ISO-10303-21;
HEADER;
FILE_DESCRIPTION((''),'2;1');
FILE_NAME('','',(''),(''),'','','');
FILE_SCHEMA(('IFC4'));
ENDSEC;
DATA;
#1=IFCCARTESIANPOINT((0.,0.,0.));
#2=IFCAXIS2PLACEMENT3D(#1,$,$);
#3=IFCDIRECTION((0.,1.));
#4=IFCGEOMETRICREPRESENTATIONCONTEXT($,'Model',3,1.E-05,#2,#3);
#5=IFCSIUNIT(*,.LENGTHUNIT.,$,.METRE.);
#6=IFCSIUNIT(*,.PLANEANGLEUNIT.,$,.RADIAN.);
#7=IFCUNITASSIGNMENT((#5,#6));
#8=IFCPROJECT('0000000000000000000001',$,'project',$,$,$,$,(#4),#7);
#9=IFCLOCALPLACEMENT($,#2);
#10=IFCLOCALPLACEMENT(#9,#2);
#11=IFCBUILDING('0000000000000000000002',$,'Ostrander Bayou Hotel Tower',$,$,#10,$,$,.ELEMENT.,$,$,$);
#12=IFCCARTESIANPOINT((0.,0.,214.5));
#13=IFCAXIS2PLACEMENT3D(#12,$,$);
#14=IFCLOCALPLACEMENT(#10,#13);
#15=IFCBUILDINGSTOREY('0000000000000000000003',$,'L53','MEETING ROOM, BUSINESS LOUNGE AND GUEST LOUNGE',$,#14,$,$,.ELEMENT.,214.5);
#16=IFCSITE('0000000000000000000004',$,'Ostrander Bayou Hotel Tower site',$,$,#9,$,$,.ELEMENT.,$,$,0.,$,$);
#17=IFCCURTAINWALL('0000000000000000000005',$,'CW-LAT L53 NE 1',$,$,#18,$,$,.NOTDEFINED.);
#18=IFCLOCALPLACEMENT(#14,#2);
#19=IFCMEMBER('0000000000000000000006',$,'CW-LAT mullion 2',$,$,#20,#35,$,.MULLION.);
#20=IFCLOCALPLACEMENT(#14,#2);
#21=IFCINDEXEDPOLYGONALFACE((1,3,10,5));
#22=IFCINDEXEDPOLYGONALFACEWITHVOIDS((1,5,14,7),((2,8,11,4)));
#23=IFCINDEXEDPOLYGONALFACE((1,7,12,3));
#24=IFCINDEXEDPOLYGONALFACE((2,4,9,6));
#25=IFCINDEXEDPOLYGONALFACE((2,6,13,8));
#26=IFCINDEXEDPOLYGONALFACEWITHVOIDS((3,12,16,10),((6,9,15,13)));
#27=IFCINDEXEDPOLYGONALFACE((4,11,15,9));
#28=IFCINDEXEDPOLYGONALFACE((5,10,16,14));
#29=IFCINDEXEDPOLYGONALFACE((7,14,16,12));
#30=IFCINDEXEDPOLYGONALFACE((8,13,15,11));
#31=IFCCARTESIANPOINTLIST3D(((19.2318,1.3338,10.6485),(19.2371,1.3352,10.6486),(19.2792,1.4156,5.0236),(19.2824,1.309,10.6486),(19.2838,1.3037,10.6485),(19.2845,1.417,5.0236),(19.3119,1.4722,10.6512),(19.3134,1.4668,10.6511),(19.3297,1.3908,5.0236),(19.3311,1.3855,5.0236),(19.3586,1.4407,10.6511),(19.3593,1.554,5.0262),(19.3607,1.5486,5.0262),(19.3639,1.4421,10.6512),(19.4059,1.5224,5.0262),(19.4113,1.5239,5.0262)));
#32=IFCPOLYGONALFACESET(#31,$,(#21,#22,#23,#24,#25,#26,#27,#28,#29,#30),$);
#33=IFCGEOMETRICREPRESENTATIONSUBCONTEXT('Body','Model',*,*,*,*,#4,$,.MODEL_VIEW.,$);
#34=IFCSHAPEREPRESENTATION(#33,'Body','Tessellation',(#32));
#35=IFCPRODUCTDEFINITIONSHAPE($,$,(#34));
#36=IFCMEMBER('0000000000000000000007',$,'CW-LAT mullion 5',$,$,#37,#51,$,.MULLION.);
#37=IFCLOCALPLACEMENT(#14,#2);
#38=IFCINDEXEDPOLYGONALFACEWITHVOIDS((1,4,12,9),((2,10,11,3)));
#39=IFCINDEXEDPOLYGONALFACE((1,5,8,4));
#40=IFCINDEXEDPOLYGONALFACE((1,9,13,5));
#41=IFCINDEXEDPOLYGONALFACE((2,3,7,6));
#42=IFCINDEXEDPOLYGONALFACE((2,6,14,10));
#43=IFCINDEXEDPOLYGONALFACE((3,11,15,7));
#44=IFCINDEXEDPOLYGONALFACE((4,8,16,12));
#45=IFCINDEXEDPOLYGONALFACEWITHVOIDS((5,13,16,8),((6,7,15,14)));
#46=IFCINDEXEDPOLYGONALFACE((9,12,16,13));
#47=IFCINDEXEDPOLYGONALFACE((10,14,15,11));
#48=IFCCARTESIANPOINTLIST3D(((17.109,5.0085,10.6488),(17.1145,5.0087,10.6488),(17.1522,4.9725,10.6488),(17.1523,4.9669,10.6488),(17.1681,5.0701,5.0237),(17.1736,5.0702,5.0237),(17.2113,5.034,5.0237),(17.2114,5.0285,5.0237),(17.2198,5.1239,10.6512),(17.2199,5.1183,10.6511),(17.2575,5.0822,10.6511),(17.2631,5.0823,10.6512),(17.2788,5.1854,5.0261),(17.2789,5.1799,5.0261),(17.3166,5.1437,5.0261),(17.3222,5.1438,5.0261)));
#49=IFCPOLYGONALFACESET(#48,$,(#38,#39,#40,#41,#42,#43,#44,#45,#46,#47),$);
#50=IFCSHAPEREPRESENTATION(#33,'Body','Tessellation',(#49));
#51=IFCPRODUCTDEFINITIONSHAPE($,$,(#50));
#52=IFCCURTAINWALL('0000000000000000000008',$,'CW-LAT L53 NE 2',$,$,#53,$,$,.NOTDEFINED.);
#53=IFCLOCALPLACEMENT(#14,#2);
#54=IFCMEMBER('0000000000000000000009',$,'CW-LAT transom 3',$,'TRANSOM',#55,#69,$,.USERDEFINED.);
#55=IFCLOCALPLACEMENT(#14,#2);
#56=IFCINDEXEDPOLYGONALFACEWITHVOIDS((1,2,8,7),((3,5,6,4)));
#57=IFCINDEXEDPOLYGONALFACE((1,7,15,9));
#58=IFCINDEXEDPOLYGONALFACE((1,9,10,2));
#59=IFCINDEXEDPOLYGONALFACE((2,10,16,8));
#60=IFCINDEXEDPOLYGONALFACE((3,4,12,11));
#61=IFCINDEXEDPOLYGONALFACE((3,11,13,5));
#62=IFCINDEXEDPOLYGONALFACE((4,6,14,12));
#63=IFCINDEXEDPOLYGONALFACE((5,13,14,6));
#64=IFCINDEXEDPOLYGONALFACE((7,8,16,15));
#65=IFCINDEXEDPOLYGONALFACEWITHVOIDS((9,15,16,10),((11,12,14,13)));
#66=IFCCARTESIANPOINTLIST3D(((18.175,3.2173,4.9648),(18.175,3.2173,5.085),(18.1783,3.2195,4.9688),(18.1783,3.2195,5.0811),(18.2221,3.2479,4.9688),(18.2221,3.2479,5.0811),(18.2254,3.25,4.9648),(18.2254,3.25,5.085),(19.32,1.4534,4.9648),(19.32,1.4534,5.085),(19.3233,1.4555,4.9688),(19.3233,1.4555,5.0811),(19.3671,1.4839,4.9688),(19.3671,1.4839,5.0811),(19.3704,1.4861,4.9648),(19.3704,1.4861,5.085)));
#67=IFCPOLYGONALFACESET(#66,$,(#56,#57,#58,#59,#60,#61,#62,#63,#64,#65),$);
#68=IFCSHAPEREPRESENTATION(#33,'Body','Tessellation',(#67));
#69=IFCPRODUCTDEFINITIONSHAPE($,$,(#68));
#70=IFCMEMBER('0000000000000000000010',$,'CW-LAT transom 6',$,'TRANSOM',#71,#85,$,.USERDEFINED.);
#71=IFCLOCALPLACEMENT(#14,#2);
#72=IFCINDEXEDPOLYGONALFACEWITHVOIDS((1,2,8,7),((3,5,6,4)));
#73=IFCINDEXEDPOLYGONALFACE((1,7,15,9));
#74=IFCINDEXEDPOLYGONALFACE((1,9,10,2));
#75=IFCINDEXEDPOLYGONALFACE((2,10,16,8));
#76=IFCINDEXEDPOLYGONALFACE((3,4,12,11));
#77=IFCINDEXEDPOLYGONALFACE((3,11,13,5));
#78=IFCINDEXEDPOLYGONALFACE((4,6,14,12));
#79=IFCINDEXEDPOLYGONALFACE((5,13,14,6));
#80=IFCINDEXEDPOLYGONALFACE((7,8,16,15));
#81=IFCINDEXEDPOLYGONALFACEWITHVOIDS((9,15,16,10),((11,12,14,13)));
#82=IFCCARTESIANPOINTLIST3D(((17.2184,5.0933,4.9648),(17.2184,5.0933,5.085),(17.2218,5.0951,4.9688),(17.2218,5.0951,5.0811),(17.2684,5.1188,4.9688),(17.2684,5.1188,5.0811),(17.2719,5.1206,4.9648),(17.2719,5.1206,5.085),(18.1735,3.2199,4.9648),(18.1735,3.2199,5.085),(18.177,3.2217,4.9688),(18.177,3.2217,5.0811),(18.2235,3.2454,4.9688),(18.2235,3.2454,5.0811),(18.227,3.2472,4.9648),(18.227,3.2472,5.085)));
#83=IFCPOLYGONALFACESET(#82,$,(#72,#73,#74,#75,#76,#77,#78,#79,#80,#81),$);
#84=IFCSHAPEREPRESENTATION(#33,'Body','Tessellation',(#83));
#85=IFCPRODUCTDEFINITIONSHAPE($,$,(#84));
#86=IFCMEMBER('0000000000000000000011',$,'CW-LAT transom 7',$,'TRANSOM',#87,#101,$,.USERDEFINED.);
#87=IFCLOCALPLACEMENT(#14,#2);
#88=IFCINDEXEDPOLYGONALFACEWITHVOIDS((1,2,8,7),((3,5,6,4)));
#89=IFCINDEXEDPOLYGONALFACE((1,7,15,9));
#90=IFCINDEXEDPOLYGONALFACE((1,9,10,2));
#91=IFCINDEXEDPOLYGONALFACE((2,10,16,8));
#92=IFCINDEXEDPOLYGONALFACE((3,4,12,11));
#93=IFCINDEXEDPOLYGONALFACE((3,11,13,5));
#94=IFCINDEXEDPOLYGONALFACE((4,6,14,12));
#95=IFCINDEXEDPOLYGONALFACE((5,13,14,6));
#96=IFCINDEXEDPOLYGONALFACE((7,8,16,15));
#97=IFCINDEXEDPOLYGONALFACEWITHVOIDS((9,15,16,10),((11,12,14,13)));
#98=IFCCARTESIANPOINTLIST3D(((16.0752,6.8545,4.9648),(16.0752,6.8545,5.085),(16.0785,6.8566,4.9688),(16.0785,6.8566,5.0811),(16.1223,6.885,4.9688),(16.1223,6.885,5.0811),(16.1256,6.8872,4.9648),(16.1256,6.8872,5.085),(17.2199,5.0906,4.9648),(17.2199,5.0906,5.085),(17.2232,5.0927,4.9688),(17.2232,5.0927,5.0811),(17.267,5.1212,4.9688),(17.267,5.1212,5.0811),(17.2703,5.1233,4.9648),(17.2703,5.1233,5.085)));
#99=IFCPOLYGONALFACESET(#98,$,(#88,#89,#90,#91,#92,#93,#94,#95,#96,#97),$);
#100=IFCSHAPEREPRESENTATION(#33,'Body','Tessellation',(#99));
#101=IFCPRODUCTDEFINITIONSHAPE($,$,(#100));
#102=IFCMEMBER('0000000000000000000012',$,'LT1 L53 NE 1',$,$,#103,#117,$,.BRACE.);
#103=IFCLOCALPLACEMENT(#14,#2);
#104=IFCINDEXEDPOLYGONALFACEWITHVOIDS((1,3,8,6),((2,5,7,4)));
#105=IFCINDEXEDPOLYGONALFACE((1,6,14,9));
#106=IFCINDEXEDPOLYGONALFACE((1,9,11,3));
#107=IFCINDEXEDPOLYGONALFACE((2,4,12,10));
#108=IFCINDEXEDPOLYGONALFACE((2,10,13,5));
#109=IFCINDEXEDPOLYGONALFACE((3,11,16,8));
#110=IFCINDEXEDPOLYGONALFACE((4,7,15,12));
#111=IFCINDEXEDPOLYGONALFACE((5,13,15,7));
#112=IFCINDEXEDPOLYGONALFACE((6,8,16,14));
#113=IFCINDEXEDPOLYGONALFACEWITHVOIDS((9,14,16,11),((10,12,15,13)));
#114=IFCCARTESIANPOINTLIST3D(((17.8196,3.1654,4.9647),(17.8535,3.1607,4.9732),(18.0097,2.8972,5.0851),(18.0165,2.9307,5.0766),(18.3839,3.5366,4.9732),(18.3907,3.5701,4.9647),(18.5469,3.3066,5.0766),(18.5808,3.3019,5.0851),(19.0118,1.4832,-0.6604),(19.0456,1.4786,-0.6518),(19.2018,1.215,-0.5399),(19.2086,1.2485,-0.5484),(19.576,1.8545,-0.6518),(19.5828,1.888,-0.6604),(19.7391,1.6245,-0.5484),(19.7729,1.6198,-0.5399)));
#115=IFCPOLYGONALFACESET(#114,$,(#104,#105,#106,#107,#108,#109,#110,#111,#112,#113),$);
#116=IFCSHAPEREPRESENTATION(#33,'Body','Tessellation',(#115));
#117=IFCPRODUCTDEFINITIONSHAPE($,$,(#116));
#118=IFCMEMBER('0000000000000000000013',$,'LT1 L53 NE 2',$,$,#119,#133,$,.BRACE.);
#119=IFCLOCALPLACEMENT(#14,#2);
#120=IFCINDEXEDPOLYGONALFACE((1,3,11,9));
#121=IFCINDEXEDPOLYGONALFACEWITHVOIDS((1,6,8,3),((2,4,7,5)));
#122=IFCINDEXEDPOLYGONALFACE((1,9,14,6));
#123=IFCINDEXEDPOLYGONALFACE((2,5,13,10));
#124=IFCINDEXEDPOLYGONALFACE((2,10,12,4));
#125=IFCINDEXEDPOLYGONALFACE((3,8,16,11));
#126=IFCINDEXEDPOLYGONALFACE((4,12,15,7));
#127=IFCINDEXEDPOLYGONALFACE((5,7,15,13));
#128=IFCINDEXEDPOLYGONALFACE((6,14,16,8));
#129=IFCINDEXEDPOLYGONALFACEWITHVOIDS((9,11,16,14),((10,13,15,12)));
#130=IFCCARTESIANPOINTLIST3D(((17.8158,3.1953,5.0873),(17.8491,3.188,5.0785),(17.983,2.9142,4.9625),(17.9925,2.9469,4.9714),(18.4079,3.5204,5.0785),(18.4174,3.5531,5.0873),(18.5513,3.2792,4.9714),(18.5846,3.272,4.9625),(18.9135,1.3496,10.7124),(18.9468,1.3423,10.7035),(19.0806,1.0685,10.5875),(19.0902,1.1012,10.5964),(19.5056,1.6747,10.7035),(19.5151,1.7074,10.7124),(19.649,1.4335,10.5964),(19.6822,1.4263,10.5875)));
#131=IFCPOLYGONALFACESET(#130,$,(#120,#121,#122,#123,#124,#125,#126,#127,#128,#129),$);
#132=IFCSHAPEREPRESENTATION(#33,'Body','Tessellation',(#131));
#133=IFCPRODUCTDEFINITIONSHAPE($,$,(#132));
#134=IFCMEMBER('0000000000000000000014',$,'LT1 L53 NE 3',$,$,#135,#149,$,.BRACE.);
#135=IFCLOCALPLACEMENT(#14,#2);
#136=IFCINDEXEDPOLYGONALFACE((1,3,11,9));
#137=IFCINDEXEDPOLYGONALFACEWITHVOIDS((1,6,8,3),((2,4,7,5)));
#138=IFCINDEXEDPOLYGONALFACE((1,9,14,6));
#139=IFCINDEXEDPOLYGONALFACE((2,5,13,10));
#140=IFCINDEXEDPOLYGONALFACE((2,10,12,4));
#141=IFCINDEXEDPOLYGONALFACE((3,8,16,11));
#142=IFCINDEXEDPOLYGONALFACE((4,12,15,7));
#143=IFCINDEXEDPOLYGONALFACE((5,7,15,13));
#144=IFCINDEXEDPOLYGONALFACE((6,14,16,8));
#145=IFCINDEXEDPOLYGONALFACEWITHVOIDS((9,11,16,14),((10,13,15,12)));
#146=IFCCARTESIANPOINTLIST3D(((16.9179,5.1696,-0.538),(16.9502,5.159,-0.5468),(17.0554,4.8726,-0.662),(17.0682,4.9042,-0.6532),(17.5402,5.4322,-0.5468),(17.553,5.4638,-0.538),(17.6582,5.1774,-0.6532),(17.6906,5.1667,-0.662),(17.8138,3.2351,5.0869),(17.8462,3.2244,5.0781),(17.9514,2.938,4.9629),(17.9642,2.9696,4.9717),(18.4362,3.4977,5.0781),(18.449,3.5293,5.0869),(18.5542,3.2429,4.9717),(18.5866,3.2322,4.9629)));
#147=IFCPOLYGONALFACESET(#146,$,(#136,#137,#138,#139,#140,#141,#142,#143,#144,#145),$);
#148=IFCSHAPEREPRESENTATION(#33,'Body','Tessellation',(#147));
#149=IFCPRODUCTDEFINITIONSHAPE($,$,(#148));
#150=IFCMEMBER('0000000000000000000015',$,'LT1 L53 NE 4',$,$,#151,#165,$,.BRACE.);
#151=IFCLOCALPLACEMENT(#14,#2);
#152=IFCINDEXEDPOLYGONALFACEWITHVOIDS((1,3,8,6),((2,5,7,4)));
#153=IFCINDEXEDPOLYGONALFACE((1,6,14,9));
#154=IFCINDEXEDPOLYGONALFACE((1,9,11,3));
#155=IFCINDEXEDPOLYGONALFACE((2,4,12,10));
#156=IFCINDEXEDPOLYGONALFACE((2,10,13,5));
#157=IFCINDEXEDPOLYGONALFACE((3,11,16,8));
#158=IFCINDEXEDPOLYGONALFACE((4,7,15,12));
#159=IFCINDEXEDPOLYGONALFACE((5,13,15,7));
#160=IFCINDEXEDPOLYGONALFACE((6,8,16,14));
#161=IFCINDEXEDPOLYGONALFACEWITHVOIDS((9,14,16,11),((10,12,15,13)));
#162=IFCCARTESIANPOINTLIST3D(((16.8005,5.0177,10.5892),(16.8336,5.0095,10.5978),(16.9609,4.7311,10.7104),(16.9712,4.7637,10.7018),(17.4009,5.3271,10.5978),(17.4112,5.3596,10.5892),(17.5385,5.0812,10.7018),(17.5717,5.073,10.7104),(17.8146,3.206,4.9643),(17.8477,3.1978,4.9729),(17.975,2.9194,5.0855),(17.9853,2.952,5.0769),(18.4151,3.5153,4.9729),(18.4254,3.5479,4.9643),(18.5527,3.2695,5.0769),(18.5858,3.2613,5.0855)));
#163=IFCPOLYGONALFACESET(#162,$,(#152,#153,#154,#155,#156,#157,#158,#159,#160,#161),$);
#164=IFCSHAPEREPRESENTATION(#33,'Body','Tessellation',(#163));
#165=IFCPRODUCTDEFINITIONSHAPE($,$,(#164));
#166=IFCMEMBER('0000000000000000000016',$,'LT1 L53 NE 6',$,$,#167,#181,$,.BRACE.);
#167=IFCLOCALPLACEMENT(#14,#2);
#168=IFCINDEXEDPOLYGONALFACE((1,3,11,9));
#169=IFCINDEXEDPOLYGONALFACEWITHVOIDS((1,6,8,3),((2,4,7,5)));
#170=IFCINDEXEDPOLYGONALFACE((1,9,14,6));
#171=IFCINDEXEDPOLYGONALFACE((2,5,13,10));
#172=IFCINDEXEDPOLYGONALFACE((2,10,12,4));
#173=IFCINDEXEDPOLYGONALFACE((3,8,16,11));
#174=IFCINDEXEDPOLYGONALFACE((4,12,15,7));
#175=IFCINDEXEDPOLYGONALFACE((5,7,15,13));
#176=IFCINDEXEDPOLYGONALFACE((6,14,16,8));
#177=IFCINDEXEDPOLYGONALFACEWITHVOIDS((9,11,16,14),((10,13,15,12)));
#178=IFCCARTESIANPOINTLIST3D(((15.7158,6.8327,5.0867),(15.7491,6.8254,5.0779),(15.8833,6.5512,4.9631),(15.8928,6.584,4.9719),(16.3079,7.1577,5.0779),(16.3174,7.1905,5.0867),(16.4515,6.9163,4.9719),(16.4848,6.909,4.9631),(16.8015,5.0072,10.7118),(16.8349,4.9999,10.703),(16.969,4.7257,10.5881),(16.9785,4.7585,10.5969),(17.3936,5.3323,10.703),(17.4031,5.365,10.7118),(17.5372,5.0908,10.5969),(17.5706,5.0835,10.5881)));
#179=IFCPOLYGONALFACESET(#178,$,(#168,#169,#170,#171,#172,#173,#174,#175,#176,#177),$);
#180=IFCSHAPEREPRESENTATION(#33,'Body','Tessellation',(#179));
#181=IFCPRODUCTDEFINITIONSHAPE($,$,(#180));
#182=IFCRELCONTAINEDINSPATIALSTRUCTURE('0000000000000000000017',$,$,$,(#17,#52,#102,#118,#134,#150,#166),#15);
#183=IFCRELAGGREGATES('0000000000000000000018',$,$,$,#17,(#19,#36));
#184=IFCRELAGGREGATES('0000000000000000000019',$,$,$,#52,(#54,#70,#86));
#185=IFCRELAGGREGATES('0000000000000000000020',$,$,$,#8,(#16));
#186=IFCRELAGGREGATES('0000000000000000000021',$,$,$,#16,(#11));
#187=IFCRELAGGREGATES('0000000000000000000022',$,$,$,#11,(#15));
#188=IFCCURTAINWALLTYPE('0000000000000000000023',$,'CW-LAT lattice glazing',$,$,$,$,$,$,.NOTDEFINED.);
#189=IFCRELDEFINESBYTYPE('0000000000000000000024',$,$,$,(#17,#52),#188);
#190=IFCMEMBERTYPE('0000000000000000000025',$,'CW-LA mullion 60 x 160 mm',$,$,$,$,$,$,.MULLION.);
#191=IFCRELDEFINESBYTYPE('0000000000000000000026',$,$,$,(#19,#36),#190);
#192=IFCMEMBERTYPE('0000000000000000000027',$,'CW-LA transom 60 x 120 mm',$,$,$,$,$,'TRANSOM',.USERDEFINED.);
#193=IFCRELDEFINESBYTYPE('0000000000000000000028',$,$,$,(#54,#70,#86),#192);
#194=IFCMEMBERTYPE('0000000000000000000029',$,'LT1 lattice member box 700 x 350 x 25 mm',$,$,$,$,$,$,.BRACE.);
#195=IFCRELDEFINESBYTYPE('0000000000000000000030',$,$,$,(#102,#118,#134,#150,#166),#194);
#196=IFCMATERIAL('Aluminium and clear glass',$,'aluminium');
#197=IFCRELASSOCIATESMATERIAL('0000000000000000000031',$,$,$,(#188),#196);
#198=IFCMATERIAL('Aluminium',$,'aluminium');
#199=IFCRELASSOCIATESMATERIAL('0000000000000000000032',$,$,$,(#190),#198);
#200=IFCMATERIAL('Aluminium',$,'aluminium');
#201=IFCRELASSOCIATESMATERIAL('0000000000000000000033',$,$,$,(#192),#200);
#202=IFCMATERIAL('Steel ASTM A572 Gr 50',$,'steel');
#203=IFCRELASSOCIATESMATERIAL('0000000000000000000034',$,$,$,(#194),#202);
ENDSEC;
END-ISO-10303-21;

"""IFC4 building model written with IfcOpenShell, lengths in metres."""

from ifc_helpers import new_model, si_unit, direction, frame, origin, origin_2d, place, context, subcontext, project, spatial, hollow_rectangle, extrude, material, material_profile, profile_set, type_object, element, aggregate, save


model = new_model("IFC4")

# Units and contexts
model_context = context("Model", 3, precision=1e-05, world=origin(), true_north=direction((0.0, 1.0)))
body_context = subcontext(model_context, "Body", "Model", "MODEL_VIEW")
ifc_project = project(units=[si_unit("LENGTHUNIT", "METRE"), si_unit("PLANEANGLEUNIT", "RADIAN")], contexts=[model_context])

# Site, building, storey
site_placement = place(None, origin())
site = spatial("IfcSite", under=ifc_project, at=site_placement, Name="Ostrander Bayou Hotel Tower site", CompositionType="ELEMENT", RefElevation=0.0)
building_placement = place(site_placement, origin())
building = spatial("IfcBuilding", under=site, at=building_placement, Name="Ostrander Bayou Hotel Tower", CompositionType="ELEMENT")
storey_placement = place(building_placement, frame((0.0, 0.0, 214.5)))
storey = spatial("IfcBuildingStorey", under=building, at=storey_placement, Name="L53", Description="MEETING ROOM, BUSINESS LOUNGE AND GUEST LOUNGE", CompositionType="ELEMENT", Elevation=214.5)

# Curtain walls, members
ifc_material_1 = material(Name="Aluminium and clear glass", Category="aluminium")
curtain_wall_type = type_object("IfcCurtainWallType", Name="CW-LAT lattice glazing", PredefinedType="NOTDEFINED", material=ifc_material_1)
curtain_wall_1_placement = place(storey_placement, origin())
curtain_wall_1 = element("IfcCurtainWall", 1, at=curtain_wall_1_placement, inside=storey, type_object=curtain_wall_type, Name="CW-LAT L53 NE 1", PredefinedType="NOTDEFINED")
ifc_material_2 = material(Name="Aluminium", Category="aluminium")
ifc_material_profile_1 = material_profile(ifc_material_2, hollow_rectangle(XDim=0.0601, YDim=0.1599, WallThickness=0.0039, at=origin_2d()))
ifc_profile_set_1 = profile_set([ifc_material_profile_1], Name="Aluminium")
member_type_1 = type_object("IfcMemberType", Name="CW-LA mullion 60 x 160 mm", PredefinedType="MULLION", material=ifc_profile_set_1)
member_1_placement = place(storey_placement, frame((19.3452, 1.4697, 5.0249), z_axis=(-0.008419, -0.014538, 0.999859), x_axis=(0.865367, -0.501138, 0.0)))
member_1 = element("IfcMember", 2, at=member_1_placement, type_object=member_type_1, Name="CW-LAT mullion 2", PredefinedType="MULLION", context=body_context, shape_type="SweptSolid", body=[
    extrude(hollow_rectangle(XDim=0.0601, YDim=0.1599, WallThickness=0.0039, at=origin_2d()), origin(), (0.0, 0.0, 1.0), 5.6257),
])
member_2_placement = place(storey_placement, frame((17.2451, 5.1069, 5.0249), z_axis=(-0.010502, -0.010936, 0.999885), x_axis=(0.721273, -0.692651, 0.0)))
member_2 = element("IfcMember", 3, at=member_2_placement, type_object=member_type_1, Name="CW-LAT mullion 5", PredefinedType="MULLION", context=body_context, shape_type="SweptSolid", body=[
    extrude(hollow_rectangle(XDim=0.0601, YDim=0.1599, WallThickness=0.0039, at=origin_2d()), origin(), (0.0, 0.0, 1.0), 5.6257),
])
curtain_wall_2_placement = place(storey_placement, origin())
curtain_wall_2 = element("IfcCurtainWall", 4, at=curtain_wall_2_placement, inside=storey, type_object=curtain_wall_type, Name="CW-LAT L53 NE 2", PredefinedType="NOTDEFINED")
ifc_material_3 = material(Name="Aluminium", Category="aluminium")
ifc_material_profile_2 = material_profile(ifc_material_3, hollow_rectangle(XDim=0.0601, YDim=0.1201, WallThickness=0.0039, at=origin_2d()))
ifc_profile_set_2 = profile_set([ifc_material_profile_2], Name="Aluminium")
member_type_2 = type_object("IfcMemberType", Name="CW-LA transom 60 x 120 mm", ElementType="TRANSOM", PredefinedType="USERDEFINED", material=ifc_profile_set_2)
member_3_placement = place(storey_placement, frame((19.3452, 1.4697, 5.0249), z_axis=(-0.544478, 0.838775, 0.0), x_axis=(-0.838775, -0.544478, 0.0)))
member_3 = element("IfcMember", 5, at=member_3_placement, type_object=member_type_2, Name="CW-LAT transom 3", ObjectType="TRANSOM", PredefinedType="USERDEFINED", context=body_context, shape_type="SweptSolid", body=[
    extrude(hollow_rectangle(XDim=0.0601, YDim=0.1201, WallThickness=0.0039, at=origin_2d()), origin(), (0.0, 0.0, 1.0), 2.103),
])
member_4_placement = place(storey_placement, frame((17.2451, 5.1069, 5.0249), z_axis=(0.454213, -0.890893, 0.0), x_axis=(0.890893, 0.454213, 0.0)))
member_4 = element("IfcMember", 6, at=member_4_placement, type_object=member_type_2, Name="CW-LAT transom 6", ObjectType="TRANSOM", PredefinedType="USERDEFINED", context=body_context, shape_type="SweptSolid", body=[
    extrude(hollow_rectangle(XDim=0.0601, YDim=0.1201, WallThickness=0.0039, at=origin_2d()), origin(), (0.0, 0.0, 1.0), 2.1028),
])
member_5_placement = place(storey_placement, frame((17.2451, 5.1069, 5.0249), z_axis=(-0.544396, 0.838828, 0.0), x_axis=(-0.838828, -0.544396, 0.0)))
member_5 = element("IfcMember", 7, at=member_5_placement, type_object=member_type_2, Name="CW-LAT transom 7", ObjectType="TRANSOM", PredefinedType="USERDEFINED", context=body_context, shape_type="SweptSolid", body=[
    extrude(hollow_rectangle(XDim=0.0601, YDim=0.1201, WallThickness=0.0039, at=origin_2d()), origin(), (0.0, 0.0, 1.0), 2.1028),
])

# Members
ifc_material_4 = material(Name="Steel ASTM A572 Gr 50", Category="steel")
ifc_material_profile_3 = material_profile(ifc_material_4, hollow_rectangle(XDim=0.7, YDim=0.3501, WallThickness=0.0249, at=origin_2d()))
ifc_profile_set_3 = profile_set([ifc_material_profile_3], Name="Steel ASTM A572 Gr 50")
member_type_3 = type_object("IfcMemberType", Name="LT1 lattice member box 700 x 350 x 25 mm", PredefinedType="BRACE", material=ifc_profile_set_3)
member_6_placement = place(storey_placement, frame((18.2002, 3.2336, 5.0249), z_axis=(0.19899, -0.280779, -0.938918), x_axis=(0.81588, 0.578221, 0.0)))
element("IfcMember", 8, at=member_6_placement, inside=storey, type_object=member_type_3, Name="LT1 L53 NE 1", PredefinedType="BRACE", context=body_context, shape_type="SweptSolid", body=[
    extrude(hollow_rectangle(XDim=0.7, YDim=0.3501, WallThickness=0.0249, at=origin_2d()), origin(), (0.0, 0.0, 1.0), 5.991),
])
member_7_placement = place(storey_placement, frame((18.2002, 3.2336, 5.0249), z_axis=(0.182306, -0.306546, 0.934235), x_axis=(0.859493, 0.511148, 0.0)))
element("IfcMember", 9, at=member_7_placement, inside=storey, type_object=member_type_3, Name="LT1 L53 NE 2", PredefinedType="BRACE", context=body_context, shape_type="SweptSolid", body=[
    extrude(hollow_rectangle(XDim=0.7, YDim=0.3501, WallThickness=0.0249, at=origin_2d()), origin(), (0.0, 0.0, 1.0), 6.021),
])
member_8_placement = place(storey_placement, frame((18.2002, 3.2336, 5.0249), z_axis=(-0.148948, 0.321599, -0.935088), x_axis=(-0.907402, -0.420263, 0.0)))
element("IfcMember", 10, at=member_8_placement, inside=storey, type_object=member_type_3, Name="LT1 L53 NE 3", PredefinedType="BRACE", context=body_context, shape_type="SweptSolid", body=[
    extrude(hollow_rectangle(XDim=0.7, YDim=0.3501, WallThickness=0.0249, at=origin_2d()), origin(), (0.0, 0.0, 1.0), 6.0154),
])
member_9_placement = place(storey_placement, frame((18.2002, 3.2336, 5.0249), z_axis=(-0.16914, 0.302164, 0.93813), x_axis=(-0.872594, -0.488446, 0.0)))
element("IfcMember", 11, at=member_9_placement, inside=storey, type_object=member_type_3, Name="LT1 L53 NE 4", PredefinedType="BRACE", context=body_context, shape_type="SweptSolid", body=[
    extrude(hollow_rectangle(XDim=0.7, YDim=0.3501, WallThickness=0.0249, at=origin_2d()), origin(), (0.0, 0.0, 1.0), 5.9958),
])
member_10_placement = place(storey_placement, frame((16.1003, 6.8708, 5.0249), z_axis=(0.180569, -0.303601, 0.935532), x_axis=(0.859474, 0.511179, 0.0)))
element("IfcMember", 12, at=member_10_placement, inside=storey, type_object=member_type_3, Name="LT1 L53 NE 6", PredefinedType="BRACE", context=body_context, shape_type="SweptSolid", body=[
    extrude(hollow_rectangle(XDim=0.7, YDim=0.3501, WallThickness=0.0249, at=origin_2d()), origin(), (0.0, 0.0, 1.0), 6.0127),
])

aggregate(curtain_wall_1, [member_1, member_2])
aggregate(curtain_wall_2, [member_3, member_4, member_5])

save(model, "model.ifc")
